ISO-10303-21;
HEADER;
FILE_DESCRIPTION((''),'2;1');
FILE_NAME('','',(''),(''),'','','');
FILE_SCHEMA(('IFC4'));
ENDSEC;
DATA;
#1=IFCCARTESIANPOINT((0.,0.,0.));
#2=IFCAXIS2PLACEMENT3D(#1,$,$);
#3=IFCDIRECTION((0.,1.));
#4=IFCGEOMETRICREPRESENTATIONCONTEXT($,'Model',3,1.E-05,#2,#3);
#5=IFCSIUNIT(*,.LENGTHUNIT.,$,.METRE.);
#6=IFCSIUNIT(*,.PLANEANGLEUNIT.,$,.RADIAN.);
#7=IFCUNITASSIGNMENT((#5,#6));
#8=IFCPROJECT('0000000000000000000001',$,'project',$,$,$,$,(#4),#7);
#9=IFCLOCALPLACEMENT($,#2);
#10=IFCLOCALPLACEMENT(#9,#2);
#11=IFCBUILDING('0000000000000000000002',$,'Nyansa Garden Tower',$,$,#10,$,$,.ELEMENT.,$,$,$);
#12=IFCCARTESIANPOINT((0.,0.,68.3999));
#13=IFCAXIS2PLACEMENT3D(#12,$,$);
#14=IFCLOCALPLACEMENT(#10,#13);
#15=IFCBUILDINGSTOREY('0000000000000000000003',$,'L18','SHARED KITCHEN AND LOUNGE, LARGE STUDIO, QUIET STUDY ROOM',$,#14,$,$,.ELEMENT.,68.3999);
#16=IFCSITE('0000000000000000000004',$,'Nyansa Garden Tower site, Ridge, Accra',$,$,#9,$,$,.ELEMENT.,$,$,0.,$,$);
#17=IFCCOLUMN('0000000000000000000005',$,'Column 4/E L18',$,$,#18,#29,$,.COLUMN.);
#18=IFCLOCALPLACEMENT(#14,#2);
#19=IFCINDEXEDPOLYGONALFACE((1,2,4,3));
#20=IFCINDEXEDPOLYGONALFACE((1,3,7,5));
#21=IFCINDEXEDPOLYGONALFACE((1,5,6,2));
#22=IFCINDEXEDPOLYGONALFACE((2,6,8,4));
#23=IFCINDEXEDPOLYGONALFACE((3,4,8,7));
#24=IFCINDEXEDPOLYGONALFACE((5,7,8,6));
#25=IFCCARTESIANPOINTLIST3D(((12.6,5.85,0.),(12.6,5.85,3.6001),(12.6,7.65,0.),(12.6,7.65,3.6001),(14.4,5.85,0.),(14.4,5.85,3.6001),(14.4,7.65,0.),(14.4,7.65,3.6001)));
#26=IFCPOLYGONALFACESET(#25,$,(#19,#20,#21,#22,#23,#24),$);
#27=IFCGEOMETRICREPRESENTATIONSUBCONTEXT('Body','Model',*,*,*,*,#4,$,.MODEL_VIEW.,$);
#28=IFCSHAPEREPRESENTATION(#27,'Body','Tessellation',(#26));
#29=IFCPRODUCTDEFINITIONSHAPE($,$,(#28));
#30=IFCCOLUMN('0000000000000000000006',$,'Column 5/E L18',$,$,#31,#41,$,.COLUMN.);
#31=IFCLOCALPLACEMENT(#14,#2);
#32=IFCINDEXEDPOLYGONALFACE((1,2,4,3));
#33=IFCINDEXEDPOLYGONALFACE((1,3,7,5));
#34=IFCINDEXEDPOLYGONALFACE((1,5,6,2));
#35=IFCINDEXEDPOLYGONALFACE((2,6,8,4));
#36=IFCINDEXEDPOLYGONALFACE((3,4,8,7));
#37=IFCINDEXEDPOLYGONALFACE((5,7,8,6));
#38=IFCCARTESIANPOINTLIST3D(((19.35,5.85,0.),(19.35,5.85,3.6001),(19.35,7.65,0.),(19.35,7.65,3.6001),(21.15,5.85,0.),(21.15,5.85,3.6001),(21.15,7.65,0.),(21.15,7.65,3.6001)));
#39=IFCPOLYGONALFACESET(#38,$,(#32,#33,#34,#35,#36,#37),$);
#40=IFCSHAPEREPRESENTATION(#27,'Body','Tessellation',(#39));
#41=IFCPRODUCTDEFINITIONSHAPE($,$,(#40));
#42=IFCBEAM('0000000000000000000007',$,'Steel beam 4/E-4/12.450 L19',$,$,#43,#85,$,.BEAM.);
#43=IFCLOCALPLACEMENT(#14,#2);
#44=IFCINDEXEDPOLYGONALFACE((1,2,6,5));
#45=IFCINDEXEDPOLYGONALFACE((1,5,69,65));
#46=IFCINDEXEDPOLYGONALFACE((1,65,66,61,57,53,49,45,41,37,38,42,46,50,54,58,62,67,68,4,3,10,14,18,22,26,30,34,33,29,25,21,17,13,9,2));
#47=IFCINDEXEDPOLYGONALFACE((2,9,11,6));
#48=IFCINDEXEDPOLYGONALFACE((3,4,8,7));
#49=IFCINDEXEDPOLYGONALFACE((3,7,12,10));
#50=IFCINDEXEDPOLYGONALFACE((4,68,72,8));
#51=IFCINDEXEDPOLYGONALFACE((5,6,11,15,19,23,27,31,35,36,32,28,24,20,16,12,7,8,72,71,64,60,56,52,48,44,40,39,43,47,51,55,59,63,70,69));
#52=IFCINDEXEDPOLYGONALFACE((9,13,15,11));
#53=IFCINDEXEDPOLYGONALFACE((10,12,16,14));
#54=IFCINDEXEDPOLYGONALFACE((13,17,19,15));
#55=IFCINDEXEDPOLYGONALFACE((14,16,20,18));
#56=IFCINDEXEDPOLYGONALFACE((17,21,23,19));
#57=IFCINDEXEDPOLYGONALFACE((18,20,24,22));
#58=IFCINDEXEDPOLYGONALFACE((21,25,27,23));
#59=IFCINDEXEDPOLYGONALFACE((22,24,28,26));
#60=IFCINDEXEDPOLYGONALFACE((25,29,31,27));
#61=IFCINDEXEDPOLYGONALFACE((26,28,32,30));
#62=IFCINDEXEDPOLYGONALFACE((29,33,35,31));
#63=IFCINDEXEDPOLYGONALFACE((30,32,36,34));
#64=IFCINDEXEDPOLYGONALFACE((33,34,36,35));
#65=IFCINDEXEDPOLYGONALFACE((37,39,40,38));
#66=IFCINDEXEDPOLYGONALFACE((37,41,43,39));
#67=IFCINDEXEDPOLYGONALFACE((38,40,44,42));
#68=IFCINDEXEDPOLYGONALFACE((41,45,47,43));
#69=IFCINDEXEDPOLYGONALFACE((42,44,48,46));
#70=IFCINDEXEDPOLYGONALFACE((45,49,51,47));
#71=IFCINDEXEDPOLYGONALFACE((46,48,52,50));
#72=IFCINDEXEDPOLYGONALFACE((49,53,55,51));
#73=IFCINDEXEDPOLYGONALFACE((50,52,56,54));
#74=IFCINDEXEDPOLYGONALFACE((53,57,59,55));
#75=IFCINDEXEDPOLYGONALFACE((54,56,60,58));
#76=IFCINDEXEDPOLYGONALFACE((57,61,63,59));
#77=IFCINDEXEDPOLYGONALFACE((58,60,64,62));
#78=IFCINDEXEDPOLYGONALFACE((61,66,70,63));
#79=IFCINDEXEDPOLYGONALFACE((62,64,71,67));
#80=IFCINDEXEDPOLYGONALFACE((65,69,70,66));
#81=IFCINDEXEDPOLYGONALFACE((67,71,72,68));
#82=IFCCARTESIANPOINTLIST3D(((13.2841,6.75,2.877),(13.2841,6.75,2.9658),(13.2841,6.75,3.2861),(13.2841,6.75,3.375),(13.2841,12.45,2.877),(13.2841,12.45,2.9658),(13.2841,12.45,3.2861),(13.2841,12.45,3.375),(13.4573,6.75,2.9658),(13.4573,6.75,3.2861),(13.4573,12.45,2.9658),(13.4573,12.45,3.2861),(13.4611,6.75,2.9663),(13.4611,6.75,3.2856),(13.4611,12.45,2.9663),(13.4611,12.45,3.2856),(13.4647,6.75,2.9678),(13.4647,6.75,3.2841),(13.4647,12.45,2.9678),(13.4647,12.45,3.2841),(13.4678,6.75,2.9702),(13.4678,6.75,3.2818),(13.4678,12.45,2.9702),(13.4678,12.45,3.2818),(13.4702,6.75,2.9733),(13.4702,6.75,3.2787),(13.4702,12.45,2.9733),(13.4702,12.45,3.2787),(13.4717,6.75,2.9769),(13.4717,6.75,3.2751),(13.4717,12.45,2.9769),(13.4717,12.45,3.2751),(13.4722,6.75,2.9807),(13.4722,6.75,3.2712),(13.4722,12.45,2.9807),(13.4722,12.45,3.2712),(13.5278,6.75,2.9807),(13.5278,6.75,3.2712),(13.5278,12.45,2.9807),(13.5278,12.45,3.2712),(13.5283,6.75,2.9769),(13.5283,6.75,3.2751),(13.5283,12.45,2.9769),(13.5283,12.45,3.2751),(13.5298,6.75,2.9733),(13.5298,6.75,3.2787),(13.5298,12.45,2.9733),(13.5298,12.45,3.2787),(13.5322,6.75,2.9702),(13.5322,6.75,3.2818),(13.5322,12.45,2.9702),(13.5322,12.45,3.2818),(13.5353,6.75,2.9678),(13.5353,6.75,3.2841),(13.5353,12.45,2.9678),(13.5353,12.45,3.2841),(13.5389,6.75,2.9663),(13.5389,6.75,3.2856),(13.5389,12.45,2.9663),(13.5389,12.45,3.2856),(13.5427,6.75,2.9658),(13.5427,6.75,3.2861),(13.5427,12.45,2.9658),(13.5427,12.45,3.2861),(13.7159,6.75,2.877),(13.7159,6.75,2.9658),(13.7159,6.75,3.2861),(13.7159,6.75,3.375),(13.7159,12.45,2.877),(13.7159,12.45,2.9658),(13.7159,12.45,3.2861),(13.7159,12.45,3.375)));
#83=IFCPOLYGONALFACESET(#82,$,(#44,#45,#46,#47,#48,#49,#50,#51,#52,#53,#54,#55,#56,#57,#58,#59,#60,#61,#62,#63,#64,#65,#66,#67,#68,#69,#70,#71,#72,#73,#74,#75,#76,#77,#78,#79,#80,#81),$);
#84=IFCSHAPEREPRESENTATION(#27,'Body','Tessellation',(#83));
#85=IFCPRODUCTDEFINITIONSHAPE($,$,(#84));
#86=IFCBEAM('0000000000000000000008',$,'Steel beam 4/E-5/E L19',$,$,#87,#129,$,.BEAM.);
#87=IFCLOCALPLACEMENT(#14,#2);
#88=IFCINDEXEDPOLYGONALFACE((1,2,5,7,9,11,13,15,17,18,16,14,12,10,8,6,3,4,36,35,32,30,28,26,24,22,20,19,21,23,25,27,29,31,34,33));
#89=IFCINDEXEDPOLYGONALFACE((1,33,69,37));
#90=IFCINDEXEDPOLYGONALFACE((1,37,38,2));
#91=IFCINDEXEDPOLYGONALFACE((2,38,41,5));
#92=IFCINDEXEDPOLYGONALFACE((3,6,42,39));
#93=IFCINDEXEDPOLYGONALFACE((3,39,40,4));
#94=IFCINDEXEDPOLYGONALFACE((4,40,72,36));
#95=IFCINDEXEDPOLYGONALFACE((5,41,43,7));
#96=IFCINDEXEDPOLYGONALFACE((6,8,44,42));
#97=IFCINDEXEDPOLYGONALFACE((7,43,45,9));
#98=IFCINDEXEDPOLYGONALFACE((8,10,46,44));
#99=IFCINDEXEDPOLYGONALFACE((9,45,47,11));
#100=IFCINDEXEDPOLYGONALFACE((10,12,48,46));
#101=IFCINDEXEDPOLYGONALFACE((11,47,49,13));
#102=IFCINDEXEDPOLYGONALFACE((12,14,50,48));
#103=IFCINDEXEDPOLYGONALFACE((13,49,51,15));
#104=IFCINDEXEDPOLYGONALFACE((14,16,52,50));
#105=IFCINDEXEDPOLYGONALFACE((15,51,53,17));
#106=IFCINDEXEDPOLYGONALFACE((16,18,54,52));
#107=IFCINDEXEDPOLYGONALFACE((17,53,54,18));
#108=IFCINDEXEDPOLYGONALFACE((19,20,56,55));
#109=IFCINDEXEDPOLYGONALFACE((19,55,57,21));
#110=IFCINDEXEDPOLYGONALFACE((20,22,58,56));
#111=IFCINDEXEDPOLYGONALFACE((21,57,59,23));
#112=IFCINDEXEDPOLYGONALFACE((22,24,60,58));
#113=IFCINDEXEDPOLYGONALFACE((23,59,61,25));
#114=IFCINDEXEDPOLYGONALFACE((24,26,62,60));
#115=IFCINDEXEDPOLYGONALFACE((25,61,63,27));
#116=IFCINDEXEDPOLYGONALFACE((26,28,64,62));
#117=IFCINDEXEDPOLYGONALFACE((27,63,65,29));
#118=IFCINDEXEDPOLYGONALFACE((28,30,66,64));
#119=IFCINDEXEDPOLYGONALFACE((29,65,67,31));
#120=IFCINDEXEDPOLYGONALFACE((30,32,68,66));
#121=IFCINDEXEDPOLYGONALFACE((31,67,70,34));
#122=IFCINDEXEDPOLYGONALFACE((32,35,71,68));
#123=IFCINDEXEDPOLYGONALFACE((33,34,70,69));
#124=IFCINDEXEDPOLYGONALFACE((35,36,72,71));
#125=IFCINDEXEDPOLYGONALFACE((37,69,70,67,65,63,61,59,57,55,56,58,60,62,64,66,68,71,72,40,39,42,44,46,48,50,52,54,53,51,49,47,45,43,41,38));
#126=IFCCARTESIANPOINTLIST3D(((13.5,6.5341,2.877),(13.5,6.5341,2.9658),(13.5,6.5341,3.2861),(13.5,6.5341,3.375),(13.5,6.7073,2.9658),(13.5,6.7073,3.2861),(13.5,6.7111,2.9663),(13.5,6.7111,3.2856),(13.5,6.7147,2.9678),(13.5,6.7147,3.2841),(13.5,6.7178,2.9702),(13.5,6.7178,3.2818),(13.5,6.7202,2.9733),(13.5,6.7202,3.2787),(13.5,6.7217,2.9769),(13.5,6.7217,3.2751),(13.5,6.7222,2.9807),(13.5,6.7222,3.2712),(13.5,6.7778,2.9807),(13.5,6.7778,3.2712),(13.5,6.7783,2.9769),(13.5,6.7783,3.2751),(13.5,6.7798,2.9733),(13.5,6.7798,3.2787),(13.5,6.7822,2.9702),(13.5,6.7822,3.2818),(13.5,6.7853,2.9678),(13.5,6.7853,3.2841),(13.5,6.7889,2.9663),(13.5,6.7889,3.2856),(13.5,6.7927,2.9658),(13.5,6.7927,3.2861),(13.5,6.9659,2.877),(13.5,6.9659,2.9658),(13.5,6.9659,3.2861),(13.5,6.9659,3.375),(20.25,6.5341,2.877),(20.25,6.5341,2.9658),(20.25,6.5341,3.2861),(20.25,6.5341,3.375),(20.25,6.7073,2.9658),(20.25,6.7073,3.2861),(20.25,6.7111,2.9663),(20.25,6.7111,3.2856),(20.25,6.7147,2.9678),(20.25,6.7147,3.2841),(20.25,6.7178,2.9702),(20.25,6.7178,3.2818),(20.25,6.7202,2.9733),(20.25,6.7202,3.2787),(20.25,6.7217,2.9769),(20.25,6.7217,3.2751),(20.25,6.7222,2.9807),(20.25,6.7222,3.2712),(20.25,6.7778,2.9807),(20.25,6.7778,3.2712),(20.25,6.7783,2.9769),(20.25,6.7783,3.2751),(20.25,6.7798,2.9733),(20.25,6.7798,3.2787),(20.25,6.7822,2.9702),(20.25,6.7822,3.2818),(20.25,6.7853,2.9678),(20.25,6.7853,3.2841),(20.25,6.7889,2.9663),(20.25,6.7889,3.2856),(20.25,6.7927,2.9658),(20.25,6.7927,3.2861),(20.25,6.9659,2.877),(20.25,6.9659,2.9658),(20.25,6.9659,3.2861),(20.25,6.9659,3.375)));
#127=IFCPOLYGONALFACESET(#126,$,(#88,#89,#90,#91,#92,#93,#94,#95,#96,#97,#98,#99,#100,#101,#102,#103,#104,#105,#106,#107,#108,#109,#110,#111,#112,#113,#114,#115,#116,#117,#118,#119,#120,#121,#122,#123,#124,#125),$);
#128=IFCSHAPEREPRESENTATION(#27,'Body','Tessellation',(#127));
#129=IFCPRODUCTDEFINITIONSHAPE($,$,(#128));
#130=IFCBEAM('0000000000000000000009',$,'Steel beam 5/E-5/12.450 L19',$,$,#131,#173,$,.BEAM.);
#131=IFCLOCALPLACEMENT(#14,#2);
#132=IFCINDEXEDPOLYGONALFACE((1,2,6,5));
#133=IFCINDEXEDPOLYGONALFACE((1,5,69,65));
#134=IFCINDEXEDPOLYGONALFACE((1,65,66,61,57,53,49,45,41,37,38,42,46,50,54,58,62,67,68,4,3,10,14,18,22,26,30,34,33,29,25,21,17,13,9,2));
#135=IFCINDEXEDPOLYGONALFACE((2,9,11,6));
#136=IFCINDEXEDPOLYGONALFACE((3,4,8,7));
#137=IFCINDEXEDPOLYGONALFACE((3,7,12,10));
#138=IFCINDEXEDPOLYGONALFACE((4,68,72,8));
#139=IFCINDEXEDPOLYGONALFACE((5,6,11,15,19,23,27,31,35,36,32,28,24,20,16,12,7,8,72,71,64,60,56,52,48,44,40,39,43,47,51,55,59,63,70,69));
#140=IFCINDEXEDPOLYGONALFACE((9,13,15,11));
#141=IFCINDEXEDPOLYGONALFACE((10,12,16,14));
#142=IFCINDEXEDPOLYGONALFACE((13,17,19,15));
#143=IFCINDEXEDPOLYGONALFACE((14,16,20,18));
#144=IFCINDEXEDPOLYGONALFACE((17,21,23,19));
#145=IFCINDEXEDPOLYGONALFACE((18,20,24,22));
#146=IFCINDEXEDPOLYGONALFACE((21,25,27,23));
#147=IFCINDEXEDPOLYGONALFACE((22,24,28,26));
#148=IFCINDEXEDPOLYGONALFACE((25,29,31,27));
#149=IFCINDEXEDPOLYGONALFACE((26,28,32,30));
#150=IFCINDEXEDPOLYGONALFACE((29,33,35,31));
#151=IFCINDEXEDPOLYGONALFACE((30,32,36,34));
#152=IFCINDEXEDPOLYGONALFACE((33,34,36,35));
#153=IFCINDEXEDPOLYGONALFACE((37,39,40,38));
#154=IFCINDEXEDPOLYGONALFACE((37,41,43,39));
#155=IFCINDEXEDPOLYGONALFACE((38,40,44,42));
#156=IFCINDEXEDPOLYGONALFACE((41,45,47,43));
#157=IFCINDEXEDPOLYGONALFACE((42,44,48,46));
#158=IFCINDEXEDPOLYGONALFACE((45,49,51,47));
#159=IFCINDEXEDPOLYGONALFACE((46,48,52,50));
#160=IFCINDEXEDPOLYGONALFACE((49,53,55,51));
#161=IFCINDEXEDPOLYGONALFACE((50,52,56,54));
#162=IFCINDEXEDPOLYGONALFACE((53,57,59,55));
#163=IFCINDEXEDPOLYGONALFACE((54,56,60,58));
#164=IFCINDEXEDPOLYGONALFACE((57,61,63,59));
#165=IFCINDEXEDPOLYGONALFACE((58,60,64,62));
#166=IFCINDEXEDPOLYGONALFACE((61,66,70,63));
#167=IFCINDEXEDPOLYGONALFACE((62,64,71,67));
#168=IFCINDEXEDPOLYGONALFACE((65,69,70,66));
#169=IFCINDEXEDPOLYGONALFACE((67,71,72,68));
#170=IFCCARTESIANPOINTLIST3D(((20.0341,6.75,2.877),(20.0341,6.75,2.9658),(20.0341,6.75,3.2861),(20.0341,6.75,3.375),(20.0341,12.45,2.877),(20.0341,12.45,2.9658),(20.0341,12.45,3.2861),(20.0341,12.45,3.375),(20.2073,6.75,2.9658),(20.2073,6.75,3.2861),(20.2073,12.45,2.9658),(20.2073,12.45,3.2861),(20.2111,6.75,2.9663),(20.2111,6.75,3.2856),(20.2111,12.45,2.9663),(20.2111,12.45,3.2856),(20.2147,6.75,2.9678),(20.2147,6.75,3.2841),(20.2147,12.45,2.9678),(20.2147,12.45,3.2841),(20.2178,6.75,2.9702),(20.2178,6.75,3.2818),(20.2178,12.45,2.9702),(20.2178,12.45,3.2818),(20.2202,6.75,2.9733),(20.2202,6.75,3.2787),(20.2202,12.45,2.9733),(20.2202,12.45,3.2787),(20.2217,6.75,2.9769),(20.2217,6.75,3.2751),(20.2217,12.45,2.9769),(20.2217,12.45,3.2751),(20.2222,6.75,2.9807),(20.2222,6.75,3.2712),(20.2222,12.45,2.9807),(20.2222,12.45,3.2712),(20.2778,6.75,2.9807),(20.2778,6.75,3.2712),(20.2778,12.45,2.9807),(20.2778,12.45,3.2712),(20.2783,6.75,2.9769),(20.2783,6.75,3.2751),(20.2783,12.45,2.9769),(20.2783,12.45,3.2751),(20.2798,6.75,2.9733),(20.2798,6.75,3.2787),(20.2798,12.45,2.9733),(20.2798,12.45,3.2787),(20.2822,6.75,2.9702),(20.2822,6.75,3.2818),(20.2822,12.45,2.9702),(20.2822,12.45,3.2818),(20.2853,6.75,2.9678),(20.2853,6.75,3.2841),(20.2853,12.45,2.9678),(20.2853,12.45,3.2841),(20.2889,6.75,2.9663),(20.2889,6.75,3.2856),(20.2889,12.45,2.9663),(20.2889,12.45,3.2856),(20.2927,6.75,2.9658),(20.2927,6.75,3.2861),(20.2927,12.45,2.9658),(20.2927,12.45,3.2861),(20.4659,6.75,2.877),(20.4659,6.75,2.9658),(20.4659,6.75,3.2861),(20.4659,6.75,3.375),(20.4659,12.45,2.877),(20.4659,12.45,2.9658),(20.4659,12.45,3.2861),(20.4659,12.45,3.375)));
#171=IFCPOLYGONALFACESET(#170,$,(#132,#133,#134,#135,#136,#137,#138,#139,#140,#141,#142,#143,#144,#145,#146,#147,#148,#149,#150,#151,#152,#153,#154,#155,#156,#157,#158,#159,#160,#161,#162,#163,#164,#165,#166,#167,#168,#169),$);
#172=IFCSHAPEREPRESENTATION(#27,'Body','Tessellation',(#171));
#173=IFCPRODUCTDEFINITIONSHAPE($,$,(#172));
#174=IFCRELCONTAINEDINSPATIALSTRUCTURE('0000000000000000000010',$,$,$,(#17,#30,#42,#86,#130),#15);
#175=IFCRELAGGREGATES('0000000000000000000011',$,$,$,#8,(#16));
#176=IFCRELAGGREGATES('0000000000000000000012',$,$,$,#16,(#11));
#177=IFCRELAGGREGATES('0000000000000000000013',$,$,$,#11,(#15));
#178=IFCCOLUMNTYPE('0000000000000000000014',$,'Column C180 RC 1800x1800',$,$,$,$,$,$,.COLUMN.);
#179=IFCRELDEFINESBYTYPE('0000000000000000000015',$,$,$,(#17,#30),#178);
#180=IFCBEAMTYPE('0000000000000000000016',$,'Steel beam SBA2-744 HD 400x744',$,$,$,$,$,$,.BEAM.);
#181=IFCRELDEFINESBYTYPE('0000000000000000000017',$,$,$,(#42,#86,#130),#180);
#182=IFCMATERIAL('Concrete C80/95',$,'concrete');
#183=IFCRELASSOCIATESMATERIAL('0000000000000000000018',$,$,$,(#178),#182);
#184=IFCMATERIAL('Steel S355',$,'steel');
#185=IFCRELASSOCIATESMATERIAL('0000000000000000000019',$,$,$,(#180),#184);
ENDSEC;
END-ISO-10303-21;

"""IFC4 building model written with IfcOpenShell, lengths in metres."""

from ifc_helpers import new_model, si_unit, direction, frame, origin, origin_2d, place, context, subcontext, project, spatial, rectangle, i_section, extrude, material, material_profile, profile_set, type_object, element, save


model = new_model("IFC4")

# Units and contexts
model_context = context("Model", 3, precision=1e-05, world=origin(), true_north=direction((0.0, 1.0)))
body_context = subcontext(model_context, "Body", "Model", "MODEL_VIEW")
ifc_project = project(units=[si_unit("LENGTHUNIT", "METRE"), si_unit("PLANEANGLEUNIT", "RADIAN")], contexts=[model_context])

# Site, building, storey
site_placement = place(None, origin())
site = spatial("IfcSite", under=ifc_project, at=site_placement, Name="Nyansa Garden Tower site, Ridge, Accra", CompositionType="ELEMENT", RefElevation=0.0)
building_placement = place(site_placement, origin())
building = spatial("IfcBuilding", under=site, at=building_placement, Name="Nyansa Garden Tower", CompositionType="ELEMENT")
storey_placement = place(building_placement, frame((0.0, 0.0, 68.3999)))
storey = spatial("IfcBuildingStorey", under=building, at=storey_placement, Name="L18", Description="SHARED KITCHEN AND LOUNGE, LARGE STUDIO, QUIET STUDY ROOM", CompositionType="ELEMENT", Elevation=68.3999)

# Columns
ifc_material_1 = material(Name="Concrete C80/95", Category="concrete")
ifc_material_profile_1 = material_profile(ifc_material_1, rectangle(XDim=1.8, YDim=1.8, at=origin_2d()), Name="RC 1800x1800")
ifc_profile_set_1 = profile_set([ifc_material_profile_1], Name="Concrete C80/95")
column_type = type_object("IfcColumnType", Name="Column C180 RC 1800x1800", PredefinedType="COLUMN", material=ifc_profile_set_1)
for number, where, z_axis, x_axis, name in (
    (1, (13.5, 6.75, 0.0), (0.0, 0.0, 1.0), (1.0, 0.0, 0.0), "Column 4/E L18"),
    (2, (20.25, 6.75, 0.0), (0.0, 0.0, 1.0), (1.0, 0.0, 0.0), "Column 5/E L18"),
):
    element("IfcColumn", number, at=place(storey_placement, frame(where, z_axis=z_axis, x_axis=x_axis)), inside=storey, type_object=column_type, Name=name, PredefinedType="COLUMN", context=body_context, shape_type="SweptSolid", body=[
        extrude(rectangle(XDim=1.8, YDim=1.8, at=origin_2d()), origin(), (0.0, 0.0, 1.0), 3.6001),
    ])

# Beams
ifc_material_2 = material(Name="Steel S355", Category="steel")
ifc_material_profile_2 = material_profile(ifc_material_2, i_section(OverallWidth=0.4319, OverallDepth=0.498, WebThickness=0.0557, FlangeThickness=0.0889, FilletRadius=0.0149, at=origin_2d()), Name="HD 400x744")
ifc_profile_set_2 = profile_set([ifc_material_profile_2], Name="Steel S355")
beam_type_1 = type_object("IfcBeamType", Name="Steel beam SBA2-744 HD 400x744", PredefinedType="BEAM", material=ifc_profile_set_2)
beam_1_placement = place(storey_placement, frame((13.5, 6.75, 3.126), z_axis=(0.0, 1.0, 0.0), x_axis=(-1.0, 0.0, 0.0)))
element("IfcBeam", 3, at=beam_1_placement, inside=storey, type_object=beam_type_1, Name="Steel beam 4/E-4/12.450 L19", PredefinedType="BEAM", context=body_context, shape_type="SweptSolid", body=[
    extrude(i_section(OverallWidth=0.4319, OverallDepth=0.498, WebThickness=0.0557, FlangeThickness=0.0889, FilletRadius=0.0149, at=origin_2d()), origin(), (0.0, 0.0, 1.0), 5.7),
])
beam_2_placement = place(storey_placement, frame((13.5, 6.75, 3.126), z_axis=(1.0, 0.0, 0.0), x_axis=(0.0, 1.0, 0.0)))
element("IfcBeam", 4, at=beam_2_placement, inside=storey, type_object=beam_type_1, Name="Steel beam 4/E-5/E L19", PredefinedType="BEAM", context=body_context, shape_type="SweptSolid", body=[
    extrude(i_section(OverallWidth=0.4319, OverallDepth=0.498, WebThickness=0.0557, FlangeThickness=0.0889, FilletRadius=0.0149, at=origin_2d()), origin(), (0.0, 0.0, 1.0), 6.75),
])
beam_3_placement = place(storey_placement, frame((20.25, 6.75, 3.126), z_axis=(0.0, 1.0, 0.0), x_axis=(-1.0, 0.0, 0.0)))
element("IfcBeam", 5, at=beam_3_placement, inside=storey, type_object=beam_type_1, Name="Steel beam 5/E-5/12.450 L19", PredefinedType="BEAM", context=body_context, shape_type="SweptSolid", body=[
    extrude(i_section(OverallWidth=0.4319, OverallDepth=0.498, WebThickness=0.0557, FlangeThickness=0.0889, FilletRadius=0.0149, at=origin_2d()), origin(), (0.0, 0.0, 1.0), 5.7),
])

save(model, "model.ifc")
